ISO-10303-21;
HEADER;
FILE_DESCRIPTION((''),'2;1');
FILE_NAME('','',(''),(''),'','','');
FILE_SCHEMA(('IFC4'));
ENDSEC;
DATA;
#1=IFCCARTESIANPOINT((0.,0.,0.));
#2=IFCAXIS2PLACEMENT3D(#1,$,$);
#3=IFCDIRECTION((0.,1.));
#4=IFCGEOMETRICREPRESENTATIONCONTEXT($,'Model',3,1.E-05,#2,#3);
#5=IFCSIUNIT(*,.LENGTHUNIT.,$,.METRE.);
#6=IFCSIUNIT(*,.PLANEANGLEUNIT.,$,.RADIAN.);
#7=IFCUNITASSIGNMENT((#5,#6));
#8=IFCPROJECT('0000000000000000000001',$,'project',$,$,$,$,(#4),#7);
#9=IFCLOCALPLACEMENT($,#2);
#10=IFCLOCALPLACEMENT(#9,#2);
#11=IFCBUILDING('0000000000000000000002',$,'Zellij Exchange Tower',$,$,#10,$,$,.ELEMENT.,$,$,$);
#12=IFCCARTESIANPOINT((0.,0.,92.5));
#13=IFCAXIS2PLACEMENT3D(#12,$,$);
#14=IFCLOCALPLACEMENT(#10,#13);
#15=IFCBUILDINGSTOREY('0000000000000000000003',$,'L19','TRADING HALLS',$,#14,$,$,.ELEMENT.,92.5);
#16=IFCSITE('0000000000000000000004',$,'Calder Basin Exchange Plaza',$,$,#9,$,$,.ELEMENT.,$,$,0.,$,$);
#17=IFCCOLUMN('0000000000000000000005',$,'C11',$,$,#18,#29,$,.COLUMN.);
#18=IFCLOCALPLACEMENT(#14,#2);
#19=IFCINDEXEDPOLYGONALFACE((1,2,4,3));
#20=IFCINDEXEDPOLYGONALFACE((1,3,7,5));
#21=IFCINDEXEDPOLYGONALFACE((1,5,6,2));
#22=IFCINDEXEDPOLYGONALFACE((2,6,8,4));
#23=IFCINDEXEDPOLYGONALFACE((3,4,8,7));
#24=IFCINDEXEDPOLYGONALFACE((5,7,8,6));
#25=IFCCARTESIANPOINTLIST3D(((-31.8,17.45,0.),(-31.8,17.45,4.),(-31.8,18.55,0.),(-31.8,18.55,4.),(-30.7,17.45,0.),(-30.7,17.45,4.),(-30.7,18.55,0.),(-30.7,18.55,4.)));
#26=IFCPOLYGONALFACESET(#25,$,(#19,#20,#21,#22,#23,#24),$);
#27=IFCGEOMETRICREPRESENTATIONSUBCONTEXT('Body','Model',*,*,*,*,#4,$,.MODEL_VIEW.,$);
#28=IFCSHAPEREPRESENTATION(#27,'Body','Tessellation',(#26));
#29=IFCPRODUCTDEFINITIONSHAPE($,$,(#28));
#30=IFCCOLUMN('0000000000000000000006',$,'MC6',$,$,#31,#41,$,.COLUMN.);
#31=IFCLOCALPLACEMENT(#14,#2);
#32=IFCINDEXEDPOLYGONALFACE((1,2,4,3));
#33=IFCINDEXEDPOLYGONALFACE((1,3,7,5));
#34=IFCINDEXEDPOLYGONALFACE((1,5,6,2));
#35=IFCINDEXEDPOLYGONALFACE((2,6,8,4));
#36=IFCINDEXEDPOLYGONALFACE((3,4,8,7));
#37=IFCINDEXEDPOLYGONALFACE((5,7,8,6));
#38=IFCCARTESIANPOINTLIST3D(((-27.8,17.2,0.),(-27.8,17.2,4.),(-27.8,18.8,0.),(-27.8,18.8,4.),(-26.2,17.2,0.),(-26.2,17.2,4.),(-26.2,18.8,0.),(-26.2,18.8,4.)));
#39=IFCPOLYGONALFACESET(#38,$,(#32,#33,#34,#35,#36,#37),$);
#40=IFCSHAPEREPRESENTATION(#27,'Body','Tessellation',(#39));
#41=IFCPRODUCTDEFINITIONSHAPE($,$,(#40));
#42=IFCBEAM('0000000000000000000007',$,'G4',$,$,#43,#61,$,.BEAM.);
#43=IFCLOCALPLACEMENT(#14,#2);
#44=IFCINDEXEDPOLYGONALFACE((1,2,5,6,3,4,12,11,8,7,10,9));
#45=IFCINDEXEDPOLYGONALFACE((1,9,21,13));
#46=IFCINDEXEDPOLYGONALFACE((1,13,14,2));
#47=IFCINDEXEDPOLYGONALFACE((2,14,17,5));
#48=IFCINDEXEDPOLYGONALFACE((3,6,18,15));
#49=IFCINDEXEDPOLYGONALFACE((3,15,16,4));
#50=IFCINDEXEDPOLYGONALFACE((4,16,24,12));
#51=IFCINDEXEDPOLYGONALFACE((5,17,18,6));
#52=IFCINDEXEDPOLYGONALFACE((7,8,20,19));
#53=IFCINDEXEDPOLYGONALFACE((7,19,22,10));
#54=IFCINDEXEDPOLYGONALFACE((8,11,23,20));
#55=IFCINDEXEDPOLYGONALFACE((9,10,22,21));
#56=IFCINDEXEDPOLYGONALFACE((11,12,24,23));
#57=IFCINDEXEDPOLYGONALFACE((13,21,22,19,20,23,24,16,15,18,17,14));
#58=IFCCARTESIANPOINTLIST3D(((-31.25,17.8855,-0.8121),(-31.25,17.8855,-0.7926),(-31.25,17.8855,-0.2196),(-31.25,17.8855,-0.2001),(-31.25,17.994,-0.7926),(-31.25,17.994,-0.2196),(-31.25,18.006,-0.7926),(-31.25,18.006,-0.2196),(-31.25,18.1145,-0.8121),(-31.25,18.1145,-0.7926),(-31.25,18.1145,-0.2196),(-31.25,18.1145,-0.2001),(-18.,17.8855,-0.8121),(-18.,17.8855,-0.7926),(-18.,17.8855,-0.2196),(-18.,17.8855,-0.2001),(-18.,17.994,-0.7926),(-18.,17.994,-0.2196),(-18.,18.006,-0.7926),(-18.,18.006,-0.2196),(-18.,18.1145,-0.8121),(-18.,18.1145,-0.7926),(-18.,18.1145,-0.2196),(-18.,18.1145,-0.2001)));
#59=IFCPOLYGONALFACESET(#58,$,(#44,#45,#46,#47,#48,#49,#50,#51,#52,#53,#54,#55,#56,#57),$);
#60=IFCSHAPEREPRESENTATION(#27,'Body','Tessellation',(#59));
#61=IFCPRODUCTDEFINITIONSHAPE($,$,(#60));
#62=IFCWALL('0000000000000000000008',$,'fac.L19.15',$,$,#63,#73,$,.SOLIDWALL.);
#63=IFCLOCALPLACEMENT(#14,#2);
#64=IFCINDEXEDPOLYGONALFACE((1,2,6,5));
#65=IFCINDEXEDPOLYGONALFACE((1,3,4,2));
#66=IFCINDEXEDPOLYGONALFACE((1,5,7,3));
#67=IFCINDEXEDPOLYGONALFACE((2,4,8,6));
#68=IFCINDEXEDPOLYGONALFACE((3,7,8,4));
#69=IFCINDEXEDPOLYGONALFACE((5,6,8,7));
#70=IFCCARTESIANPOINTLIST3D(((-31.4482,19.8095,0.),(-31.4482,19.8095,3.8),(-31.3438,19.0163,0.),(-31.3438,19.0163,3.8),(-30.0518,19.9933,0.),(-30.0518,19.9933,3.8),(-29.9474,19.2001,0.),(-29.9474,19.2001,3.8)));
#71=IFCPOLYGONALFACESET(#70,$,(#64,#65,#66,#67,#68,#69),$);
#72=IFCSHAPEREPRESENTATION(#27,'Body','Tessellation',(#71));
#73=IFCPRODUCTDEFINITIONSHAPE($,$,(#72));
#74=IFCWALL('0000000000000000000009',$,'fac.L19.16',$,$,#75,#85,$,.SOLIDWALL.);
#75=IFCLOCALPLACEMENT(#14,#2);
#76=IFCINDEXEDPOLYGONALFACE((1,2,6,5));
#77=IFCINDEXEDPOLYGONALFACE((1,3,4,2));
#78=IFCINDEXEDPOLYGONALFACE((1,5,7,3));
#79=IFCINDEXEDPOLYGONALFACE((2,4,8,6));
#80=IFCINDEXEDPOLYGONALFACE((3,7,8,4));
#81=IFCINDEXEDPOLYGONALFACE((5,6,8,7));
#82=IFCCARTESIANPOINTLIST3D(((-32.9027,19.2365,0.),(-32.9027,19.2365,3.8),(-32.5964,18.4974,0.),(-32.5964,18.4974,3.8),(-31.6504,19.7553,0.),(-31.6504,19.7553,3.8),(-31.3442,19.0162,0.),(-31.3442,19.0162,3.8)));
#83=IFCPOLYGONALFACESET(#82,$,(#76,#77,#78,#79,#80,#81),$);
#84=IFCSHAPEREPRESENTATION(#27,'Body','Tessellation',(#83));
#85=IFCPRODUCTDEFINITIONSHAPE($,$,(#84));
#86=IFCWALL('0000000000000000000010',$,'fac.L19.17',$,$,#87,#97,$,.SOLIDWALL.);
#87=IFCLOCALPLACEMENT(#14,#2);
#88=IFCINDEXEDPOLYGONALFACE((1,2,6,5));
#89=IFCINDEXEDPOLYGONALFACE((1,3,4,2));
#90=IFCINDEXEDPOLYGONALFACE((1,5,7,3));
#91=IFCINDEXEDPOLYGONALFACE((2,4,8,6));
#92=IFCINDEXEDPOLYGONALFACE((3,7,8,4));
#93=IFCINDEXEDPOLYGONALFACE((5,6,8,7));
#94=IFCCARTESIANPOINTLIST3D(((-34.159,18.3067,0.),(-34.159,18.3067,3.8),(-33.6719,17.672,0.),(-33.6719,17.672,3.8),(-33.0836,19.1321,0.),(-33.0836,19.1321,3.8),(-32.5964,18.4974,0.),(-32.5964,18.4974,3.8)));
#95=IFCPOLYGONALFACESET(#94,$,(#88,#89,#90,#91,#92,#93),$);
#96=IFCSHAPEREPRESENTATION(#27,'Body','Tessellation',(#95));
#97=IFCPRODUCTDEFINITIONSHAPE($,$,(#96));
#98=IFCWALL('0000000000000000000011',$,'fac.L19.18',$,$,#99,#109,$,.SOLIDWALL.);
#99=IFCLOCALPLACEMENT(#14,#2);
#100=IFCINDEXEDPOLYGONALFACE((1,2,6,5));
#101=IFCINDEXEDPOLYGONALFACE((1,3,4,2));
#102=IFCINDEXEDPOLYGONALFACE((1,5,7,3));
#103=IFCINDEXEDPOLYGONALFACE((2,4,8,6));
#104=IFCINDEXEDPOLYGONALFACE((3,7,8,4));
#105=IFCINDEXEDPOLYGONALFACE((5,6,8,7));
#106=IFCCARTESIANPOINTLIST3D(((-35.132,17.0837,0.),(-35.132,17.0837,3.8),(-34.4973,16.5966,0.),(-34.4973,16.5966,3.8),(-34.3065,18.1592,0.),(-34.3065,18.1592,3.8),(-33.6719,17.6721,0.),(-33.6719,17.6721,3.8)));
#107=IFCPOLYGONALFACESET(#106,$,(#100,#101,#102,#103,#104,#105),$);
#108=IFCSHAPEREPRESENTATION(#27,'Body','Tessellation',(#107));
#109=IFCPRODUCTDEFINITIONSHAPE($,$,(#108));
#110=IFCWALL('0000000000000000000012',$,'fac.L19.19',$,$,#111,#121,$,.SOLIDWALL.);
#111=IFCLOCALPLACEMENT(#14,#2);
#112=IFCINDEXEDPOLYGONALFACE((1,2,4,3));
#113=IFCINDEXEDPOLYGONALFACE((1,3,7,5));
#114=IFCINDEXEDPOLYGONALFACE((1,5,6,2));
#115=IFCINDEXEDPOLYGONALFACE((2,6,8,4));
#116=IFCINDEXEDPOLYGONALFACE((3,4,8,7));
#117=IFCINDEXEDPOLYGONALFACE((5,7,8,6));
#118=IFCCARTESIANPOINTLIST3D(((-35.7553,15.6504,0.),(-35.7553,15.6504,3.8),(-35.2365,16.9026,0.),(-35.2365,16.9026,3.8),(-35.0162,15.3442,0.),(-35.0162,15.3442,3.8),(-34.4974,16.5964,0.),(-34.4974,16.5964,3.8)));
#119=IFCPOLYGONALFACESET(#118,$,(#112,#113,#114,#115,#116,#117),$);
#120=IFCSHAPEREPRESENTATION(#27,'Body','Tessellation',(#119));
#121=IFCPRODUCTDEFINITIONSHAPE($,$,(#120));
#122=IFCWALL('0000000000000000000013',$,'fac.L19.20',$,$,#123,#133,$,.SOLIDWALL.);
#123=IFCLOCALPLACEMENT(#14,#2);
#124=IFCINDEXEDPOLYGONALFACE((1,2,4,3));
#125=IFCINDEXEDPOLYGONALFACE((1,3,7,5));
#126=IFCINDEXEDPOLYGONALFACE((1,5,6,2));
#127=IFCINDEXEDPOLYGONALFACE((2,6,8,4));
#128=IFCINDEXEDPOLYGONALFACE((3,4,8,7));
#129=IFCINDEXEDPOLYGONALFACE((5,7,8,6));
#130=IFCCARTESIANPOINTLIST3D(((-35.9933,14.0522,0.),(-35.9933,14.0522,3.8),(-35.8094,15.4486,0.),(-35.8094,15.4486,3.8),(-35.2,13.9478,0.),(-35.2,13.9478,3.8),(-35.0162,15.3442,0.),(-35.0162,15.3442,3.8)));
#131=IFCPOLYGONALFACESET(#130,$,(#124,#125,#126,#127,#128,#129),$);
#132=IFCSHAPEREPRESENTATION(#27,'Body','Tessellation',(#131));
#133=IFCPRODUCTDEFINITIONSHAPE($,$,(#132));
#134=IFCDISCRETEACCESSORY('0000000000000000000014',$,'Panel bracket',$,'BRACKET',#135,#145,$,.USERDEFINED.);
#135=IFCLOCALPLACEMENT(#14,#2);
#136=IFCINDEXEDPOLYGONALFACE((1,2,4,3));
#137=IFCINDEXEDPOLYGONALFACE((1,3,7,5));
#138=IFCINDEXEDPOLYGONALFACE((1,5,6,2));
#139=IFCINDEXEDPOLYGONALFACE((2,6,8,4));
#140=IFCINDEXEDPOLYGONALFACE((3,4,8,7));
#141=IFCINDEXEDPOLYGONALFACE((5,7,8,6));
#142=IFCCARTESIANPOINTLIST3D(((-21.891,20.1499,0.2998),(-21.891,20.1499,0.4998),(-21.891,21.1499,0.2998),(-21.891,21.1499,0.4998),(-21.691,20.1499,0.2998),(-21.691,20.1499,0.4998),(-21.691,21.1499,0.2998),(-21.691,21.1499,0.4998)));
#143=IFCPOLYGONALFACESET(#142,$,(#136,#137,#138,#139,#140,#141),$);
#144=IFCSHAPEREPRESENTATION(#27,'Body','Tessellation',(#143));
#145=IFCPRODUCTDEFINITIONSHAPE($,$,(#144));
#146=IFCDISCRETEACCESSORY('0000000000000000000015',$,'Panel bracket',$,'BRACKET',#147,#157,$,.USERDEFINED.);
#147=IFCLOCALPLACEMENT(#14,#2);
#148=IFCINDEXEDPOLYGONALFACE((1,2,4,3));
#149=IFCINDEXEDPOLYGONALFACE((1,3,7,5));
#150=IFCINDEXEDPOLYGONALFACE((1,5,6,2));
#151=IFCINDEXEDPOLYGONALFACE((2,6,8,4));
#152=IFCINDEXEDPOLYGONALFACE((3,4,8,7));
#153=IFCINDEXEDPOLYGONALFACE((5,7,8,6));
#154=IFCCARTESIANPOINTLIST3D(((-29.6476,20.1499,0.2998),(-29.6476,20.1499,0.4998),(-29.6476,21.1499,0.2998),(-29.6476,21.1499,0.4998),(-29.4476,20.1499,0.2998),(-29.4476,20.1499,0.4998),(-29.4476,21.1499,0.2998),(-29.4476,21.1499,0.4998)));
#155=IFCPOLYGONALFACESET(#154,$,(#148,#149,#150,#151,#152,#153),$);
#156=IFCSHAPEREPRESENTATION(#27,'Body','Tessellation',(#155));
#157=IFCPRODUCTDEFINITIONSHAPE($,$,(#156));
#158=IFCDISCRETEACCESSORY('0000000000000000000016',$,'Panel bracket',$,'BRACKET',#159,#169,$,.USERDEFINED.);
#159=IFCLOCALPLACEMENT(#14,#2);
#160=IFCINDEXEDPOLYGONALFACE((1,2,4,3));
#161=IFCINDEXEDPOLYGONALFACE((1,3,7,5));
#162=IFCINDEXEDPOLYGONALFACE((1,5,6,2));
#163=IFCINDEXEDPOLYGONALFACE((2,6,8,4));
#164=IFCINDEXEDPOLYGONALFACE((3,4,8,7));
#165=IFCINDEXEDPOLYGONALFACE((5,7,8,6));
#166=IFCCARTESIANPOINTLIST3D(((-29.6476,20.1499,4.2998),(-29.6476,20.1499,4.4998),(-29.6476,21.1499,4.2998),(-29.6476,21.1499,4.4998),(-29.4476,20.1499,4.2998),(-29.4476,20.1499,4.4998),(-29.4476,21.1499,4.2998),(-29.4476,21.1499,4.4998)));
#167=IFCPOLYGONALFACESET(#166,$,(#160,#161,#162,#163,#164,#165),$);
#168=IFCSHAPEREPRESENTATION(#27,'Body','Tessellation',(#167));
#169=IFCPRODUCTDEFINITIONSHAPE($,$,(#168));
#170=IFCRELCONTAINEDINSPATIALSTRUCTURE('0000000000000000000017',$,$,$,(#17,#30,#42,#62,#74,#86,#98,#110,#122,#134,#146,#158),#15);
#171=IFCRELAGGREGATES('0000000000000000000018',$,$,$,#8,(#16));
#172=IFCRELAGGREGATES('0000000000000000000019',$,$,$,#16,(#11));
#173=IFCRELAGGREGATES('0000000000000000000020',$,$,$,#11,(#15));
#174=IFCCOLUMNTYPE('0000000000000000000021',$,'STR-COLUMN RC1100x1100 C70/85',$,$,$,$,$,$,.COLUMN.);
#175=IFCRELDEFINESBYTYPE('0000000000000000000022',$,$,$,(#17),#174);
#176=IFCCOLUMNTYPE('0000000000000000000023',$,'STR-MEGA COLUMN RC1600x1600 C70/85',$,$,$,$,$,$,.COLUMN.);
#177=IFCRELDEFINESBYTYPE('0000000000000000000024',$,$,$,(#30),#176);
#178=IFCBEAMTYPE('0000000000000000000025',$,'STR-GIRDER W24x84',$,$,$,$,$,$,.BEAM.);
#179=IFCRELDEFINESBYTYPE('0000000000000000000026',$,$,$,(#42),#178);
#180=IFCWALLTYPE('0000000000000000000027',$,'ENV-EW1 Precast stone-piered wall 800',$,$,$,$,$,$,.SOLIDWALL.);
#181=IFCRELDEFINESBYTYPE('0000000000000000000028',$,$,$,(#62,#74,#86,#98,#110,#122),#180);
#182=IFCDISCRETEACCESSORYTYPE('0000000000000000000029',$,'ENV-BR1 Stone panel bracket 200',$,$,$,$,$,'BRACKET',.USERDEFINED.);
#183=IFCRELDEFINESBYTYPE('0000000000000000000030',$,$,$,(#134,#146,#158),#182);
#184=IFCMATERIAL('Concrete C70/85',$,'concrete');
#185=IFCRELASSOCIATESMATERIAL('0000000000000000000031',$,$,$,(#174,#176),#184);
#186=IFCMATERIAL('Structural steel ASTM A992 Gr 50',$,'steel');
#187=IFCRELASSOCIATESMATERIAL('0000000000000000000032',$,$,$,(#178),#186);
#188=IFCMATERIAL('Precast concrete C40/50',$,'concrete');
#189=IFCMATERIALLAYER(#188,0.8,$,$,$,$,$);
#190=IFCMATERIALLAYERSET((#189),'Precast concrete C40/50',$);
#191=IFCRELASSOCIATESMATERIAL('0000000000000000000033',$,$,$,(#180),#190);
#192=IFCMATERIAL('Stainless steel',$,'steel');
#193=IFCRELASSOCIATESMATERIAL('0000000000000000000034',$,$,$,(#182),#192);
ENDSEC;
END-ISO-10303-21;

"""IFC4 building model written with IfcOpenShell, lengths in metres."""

from ifc_helpers import new_model, si_unit, direction, frame, frame_2d, origin, origin_2d, place, context, subcontext, project, spatial, rectangle, i_section, extrude, material, layer, layer_set, material_profile, profile_set, type_object, element, save


model = new_model("IFC4")

# Units and contexts
model_context = context("Model", 3, precision=1e-05, world=origin(), true_north=direction((0.0, 1.0)))
body_context = subcontext(model_context, "Body", "Model", "MODEL_VIEW")
ifc_project = project(units=[si_unit("LENGTHUNIT", "METRE"), si_unit("PLANEANGLEUNIT", "RADIAN")], contexts=[model_context])

# Site, building, storey
site_placement = place(None, origin())
site = spatial("IfcSite", under=ifc_project, at=site_placement, Name="Calder Basin Exchange Plaza", CompositionType="ELEMENT", RefElevation=0.0)
building_placement = place(site_placement, origin())
building = spatial("IfcBuilding", under=site, at=building_placement, Name="Zellij Exchange Tower", CompositionType="ELEMENT")
storey_placement = place(building_placement, frame((0.0, 0.0, 92.5)))
storey = spatial("IfcBuildingStorey", under=building, at=storey_placement, Name="L19", Description="TRADING HALLS", CompositionType="ELEMENT", Elevation=92.5)

# Columns
ifc_material_1 = material(Name="Concrete C70/85", Category="concrete")
ifc_material_profile_1 = material_profile(ifc_material_1, rectangle(XDim=1.1001, YDim=1.1001, at=origin_2d()), Name="STR-COLUMN RC1100x1100 C70/85")
ifc_profile_set_1 = profile_set([ifc_material_profile_1], Name="Concrete C70/85")
column_type_1 = type_object("IfcColumnType", Name="STR-COLUMN RC1100x1100 C70/85", PredefinedType="COLUMN", material=ifc_profile_set_1)
column_1_placement = place(storey_placement, frame((-31.25, 18.0, 0.0), z_axis=(0.0, 0.0, 1.0), x_axis=(1.0, 0.0, 0.0)))
element("IfcColumn", 1, at=column_1_placement, inside=storey, type_object=column_type_1, Name="C11", PredefinedType="COLUMN", context=body_context, shape_type="SweptSolid", body=[
    extrude(rectangle(XDim=1.1001, YDim=1.1001, at=origin_2d()), origin(), (0.0, 0.0, 1.0), 4.0),
])
ifc_material_profile_2 = material_profile(ifc_material_1, rectangle(XDim=1.6001, YDim=1.6001, at=origin_2d()), Name="STR-MEGA COLUMN RC1600x1600 C70/85")
ifc_profile_set_2 = profile_set([ifc_material_profile_2], Name="Concrete C70/85")
column_type_2 = type_object("IfcColumnType", Name="STR-MEGA COLUMN RC1600x1600 C70/85", PredefinedType="COLUMN", material=ifc_profile_set_2)
column_2_placement = place(storey_placement, frame((-27.0, 18.0, 0.0), z_axis=(0.0, 0.0, 1.0), x_axis=(1.0, 0.0, 0.0)))
element("IfcColumn", 2, at=column_2_placement, inside=storey, type_object=column_type_2, Name="MC6", PredefinedType="COLUMN", context=body_context, shape_type="SweptSolid", body=[
    extrude(rectangle(XDim=1.6001, YDim=1.6001, at=origin_2d()), origin(), (0.0, 0.0, 1.0), 4.0),
])

# Beam
ifc_material_2 = material(Name="Structural steel ASTM A992 Gr 50", Category="steel")
ifc_material_profile_3 = material_profile(ifc_material_2, i_section(OverallWidth=0.229, OverallDepth=0.6121, WebThickness=0.012, FlangeThickness=0.0195, at=origin_2d()), Name="W24x84")
ifc_profile_set_3 = profile_set([ifc_material_profile_3], Name="Structural steel ASTM A992 Gr 50")
beam_type = type_object("IfcBeamType", Name="STR-GIRDER W24x84", PredefinedType="BEAM", material=ifc_profile_set_3)
beam_placement = place(storey_placement, frame((-31.25, 18.0, -0.5061), z_axis=(1.0, 0.0, 0.0), x_axis=(0.0, 1.0, 0.0)))
element("IfcBeam", 3, at=beam_placement, inside=storey, type_object=beam_type, Name="G4", PredefinedType="BEAM", context=body_context, shape_type="SweptSolid", body=[
    extrude(i_section(OverallWidth=0.229, OverallDepth=0.6121, WebThickness=0.012, FlangeThickness=0.0195, at=origin_2d()), origin(), (0.0, 0.0, 1.0), 13.25),
])

# Walls
ifc_material_3 = material(Name="Precast concrete C40/50", Category="concrete")
ifc_layer = layer(ifc_material_3, 0.8)
ifc_layer_set = layer_set([ifc_layer], Name="Precast concrete C40/50")
wall_type = type_object("IfcWallType", Name="ENV-EW1 Precast stone-piered wall 800", PredefinedType="SOLIDWALL", material=ifc_layer_set)
wall_1_placement = place(storey_placement, frame((-29.9998, 19.5967, 0.0), z_axis=(0.0, 0.0, 1.0), x_axis=(-0.991446, -0.130517, 0.0)))
element("IfcWall", 4, at=wall_1_placement, inside=storey, type_object=wall_type, Name="fac.L19.15", PredefinedType="SOLIDWALL", context=body_context, shape_type="SweptSolid", body=[
    extrude(rectangle(XDim=1.4084, YDim=0.8, at=frame_2d((0.7041, 0.0))), origin(), (0.0, 0.0, 1.0), 3.8),
])
wall_2_placement = place(storey_placement, frame((-31.4973, 19.3857, 0.0), z_axis=(0.0, 0.0, 1.0), x_axis=(-0.923848, -0.38276, 0.0)))
element("IfcWall", 5, at=wall_2_placement, inside=storey, type_object=wall_type, Name="fac.L19.16", PredefinedType="SOLIDWALL", context=body_context, shape_type="SweptSolid", body=[
    extrude(rectangle(XDim=1.3555, YDim=0.8, at=frame_2d((0.6777, 0.0))), origin(), (0.0, 0.0, 1.0), 3.8),
])
for number, where, z_axis, x_axis, name in (
    (6, (-32.8401, 18.8147, 0.0), (0.0, 0.0, 1.0), (-0.793273, -0.608866, 0.0), "fac.L19.17"),
    (7, (-33.9893, 17.9155, 0.0), (0.0, 0.0, 1.0), (-0.608866, -0.793273, 0.0), "fac.L19.18"),
):
    element("IfcWall", number, at=place(storey_placement, frame(where, z_axis=z_axis, x_axis=x_axis)), inside=storey, type_object=wall_type, Name=name, PredefinedType="SOLIDWALL", context=body_context, shape_type="SweptSolid", body=[
        extrude(rectangle(XDim=1.3557, YDim=0.8, at=frame_2d((0.6777, 0.0))), origin(), (0.0, 0.0, 1.0), 3.8),
    ])
wall_3_placement = place(storey_placement, frame((-34.8669, 16.7495, 0.0), z_axis=(0.0, 0.0, 1.0), x_axis=(-0.38276, -0.923848, 0.0)))
element("IfcWall", 8, at=wall_3_placement, inside=storey, type_object=wall_type, Name="fac.L19.19", PredefinedType="SOLIDWALL", context=body_context, shape_type="SweptSolid", body=[
    extrude(rectangle(XDim=1.3555, YDim=0.8, at=frame_2d((0.6777, 0.0))), origin(), (0.0, 0.0, 1.0), 3.8),
])
wall_4_placement = place(storey_placement, frame((-35.4128, 15.3962, 0.0), z_axis=(0.0, 0.0, 1.0), x_axis=(-0.130517, -0.991446, 0.0)))
element("IfcWall", 9, at=wall_4_placement, inside=storey, type_object=wall_type, Name="fac.L19.20", PredefinedType="SOLIDWALL", context=body_context, shape_type="SweptSolid", body=[
    extrude(rectangle(XDim=1.4084, YDim=0.8, at=frame_2d((0.7041, 0.0))), origin(), (0.0, 0.0, 1.0), 3.8),
])

# Discrete accessories
ifc_material_4 = material(Name="Stainless steel", Category="steel")
discrete_accessory_type = type_object("IfcDiscreteAccessoryType", Name="ENV-BR1 Stone panel bracket 200", ElementType="BRACKET", PredefinedType="USERDEFINED", material=ifc_material_4)
for number, where, z_axis, x_axis, name in (
    (10, (-21.791, 20.6499, 0.2998), (0.0, 0.0, 1.0), (-1.0, 0.0, 0.0), "Panel bracket"),
    (11, (-29.5476, 20.6499, 0.2998), (0.0, 0.0, 1.0), (-1.0, 0.0, 0.0), "Panel bracket"),
    (12, (-29.5476, 20.6499, 4.2998), (0.0, 0.0, 1.0), (-1.0, 0.0, 0.0), "Panel bracket"),
):
    element("IfcDiscreteAccessory", number, at=place(storey_placement, frame(where, z_axis=z_axis, x_axis=x_axis)), inside=storey, type_object=discrete_accessory_type, Name=name, ObjectType="BRACKET", PredefinedType="USERDEFINED", context=body_context, shape_type="SweptSolid", body=[
        extrude(rectangle(XDim=0.2, YDim=1.0, at=origin_2d()), origin(), (0.0, 0.0, 1.0), 0.2),
    ])

save(model, "model.ifc")
